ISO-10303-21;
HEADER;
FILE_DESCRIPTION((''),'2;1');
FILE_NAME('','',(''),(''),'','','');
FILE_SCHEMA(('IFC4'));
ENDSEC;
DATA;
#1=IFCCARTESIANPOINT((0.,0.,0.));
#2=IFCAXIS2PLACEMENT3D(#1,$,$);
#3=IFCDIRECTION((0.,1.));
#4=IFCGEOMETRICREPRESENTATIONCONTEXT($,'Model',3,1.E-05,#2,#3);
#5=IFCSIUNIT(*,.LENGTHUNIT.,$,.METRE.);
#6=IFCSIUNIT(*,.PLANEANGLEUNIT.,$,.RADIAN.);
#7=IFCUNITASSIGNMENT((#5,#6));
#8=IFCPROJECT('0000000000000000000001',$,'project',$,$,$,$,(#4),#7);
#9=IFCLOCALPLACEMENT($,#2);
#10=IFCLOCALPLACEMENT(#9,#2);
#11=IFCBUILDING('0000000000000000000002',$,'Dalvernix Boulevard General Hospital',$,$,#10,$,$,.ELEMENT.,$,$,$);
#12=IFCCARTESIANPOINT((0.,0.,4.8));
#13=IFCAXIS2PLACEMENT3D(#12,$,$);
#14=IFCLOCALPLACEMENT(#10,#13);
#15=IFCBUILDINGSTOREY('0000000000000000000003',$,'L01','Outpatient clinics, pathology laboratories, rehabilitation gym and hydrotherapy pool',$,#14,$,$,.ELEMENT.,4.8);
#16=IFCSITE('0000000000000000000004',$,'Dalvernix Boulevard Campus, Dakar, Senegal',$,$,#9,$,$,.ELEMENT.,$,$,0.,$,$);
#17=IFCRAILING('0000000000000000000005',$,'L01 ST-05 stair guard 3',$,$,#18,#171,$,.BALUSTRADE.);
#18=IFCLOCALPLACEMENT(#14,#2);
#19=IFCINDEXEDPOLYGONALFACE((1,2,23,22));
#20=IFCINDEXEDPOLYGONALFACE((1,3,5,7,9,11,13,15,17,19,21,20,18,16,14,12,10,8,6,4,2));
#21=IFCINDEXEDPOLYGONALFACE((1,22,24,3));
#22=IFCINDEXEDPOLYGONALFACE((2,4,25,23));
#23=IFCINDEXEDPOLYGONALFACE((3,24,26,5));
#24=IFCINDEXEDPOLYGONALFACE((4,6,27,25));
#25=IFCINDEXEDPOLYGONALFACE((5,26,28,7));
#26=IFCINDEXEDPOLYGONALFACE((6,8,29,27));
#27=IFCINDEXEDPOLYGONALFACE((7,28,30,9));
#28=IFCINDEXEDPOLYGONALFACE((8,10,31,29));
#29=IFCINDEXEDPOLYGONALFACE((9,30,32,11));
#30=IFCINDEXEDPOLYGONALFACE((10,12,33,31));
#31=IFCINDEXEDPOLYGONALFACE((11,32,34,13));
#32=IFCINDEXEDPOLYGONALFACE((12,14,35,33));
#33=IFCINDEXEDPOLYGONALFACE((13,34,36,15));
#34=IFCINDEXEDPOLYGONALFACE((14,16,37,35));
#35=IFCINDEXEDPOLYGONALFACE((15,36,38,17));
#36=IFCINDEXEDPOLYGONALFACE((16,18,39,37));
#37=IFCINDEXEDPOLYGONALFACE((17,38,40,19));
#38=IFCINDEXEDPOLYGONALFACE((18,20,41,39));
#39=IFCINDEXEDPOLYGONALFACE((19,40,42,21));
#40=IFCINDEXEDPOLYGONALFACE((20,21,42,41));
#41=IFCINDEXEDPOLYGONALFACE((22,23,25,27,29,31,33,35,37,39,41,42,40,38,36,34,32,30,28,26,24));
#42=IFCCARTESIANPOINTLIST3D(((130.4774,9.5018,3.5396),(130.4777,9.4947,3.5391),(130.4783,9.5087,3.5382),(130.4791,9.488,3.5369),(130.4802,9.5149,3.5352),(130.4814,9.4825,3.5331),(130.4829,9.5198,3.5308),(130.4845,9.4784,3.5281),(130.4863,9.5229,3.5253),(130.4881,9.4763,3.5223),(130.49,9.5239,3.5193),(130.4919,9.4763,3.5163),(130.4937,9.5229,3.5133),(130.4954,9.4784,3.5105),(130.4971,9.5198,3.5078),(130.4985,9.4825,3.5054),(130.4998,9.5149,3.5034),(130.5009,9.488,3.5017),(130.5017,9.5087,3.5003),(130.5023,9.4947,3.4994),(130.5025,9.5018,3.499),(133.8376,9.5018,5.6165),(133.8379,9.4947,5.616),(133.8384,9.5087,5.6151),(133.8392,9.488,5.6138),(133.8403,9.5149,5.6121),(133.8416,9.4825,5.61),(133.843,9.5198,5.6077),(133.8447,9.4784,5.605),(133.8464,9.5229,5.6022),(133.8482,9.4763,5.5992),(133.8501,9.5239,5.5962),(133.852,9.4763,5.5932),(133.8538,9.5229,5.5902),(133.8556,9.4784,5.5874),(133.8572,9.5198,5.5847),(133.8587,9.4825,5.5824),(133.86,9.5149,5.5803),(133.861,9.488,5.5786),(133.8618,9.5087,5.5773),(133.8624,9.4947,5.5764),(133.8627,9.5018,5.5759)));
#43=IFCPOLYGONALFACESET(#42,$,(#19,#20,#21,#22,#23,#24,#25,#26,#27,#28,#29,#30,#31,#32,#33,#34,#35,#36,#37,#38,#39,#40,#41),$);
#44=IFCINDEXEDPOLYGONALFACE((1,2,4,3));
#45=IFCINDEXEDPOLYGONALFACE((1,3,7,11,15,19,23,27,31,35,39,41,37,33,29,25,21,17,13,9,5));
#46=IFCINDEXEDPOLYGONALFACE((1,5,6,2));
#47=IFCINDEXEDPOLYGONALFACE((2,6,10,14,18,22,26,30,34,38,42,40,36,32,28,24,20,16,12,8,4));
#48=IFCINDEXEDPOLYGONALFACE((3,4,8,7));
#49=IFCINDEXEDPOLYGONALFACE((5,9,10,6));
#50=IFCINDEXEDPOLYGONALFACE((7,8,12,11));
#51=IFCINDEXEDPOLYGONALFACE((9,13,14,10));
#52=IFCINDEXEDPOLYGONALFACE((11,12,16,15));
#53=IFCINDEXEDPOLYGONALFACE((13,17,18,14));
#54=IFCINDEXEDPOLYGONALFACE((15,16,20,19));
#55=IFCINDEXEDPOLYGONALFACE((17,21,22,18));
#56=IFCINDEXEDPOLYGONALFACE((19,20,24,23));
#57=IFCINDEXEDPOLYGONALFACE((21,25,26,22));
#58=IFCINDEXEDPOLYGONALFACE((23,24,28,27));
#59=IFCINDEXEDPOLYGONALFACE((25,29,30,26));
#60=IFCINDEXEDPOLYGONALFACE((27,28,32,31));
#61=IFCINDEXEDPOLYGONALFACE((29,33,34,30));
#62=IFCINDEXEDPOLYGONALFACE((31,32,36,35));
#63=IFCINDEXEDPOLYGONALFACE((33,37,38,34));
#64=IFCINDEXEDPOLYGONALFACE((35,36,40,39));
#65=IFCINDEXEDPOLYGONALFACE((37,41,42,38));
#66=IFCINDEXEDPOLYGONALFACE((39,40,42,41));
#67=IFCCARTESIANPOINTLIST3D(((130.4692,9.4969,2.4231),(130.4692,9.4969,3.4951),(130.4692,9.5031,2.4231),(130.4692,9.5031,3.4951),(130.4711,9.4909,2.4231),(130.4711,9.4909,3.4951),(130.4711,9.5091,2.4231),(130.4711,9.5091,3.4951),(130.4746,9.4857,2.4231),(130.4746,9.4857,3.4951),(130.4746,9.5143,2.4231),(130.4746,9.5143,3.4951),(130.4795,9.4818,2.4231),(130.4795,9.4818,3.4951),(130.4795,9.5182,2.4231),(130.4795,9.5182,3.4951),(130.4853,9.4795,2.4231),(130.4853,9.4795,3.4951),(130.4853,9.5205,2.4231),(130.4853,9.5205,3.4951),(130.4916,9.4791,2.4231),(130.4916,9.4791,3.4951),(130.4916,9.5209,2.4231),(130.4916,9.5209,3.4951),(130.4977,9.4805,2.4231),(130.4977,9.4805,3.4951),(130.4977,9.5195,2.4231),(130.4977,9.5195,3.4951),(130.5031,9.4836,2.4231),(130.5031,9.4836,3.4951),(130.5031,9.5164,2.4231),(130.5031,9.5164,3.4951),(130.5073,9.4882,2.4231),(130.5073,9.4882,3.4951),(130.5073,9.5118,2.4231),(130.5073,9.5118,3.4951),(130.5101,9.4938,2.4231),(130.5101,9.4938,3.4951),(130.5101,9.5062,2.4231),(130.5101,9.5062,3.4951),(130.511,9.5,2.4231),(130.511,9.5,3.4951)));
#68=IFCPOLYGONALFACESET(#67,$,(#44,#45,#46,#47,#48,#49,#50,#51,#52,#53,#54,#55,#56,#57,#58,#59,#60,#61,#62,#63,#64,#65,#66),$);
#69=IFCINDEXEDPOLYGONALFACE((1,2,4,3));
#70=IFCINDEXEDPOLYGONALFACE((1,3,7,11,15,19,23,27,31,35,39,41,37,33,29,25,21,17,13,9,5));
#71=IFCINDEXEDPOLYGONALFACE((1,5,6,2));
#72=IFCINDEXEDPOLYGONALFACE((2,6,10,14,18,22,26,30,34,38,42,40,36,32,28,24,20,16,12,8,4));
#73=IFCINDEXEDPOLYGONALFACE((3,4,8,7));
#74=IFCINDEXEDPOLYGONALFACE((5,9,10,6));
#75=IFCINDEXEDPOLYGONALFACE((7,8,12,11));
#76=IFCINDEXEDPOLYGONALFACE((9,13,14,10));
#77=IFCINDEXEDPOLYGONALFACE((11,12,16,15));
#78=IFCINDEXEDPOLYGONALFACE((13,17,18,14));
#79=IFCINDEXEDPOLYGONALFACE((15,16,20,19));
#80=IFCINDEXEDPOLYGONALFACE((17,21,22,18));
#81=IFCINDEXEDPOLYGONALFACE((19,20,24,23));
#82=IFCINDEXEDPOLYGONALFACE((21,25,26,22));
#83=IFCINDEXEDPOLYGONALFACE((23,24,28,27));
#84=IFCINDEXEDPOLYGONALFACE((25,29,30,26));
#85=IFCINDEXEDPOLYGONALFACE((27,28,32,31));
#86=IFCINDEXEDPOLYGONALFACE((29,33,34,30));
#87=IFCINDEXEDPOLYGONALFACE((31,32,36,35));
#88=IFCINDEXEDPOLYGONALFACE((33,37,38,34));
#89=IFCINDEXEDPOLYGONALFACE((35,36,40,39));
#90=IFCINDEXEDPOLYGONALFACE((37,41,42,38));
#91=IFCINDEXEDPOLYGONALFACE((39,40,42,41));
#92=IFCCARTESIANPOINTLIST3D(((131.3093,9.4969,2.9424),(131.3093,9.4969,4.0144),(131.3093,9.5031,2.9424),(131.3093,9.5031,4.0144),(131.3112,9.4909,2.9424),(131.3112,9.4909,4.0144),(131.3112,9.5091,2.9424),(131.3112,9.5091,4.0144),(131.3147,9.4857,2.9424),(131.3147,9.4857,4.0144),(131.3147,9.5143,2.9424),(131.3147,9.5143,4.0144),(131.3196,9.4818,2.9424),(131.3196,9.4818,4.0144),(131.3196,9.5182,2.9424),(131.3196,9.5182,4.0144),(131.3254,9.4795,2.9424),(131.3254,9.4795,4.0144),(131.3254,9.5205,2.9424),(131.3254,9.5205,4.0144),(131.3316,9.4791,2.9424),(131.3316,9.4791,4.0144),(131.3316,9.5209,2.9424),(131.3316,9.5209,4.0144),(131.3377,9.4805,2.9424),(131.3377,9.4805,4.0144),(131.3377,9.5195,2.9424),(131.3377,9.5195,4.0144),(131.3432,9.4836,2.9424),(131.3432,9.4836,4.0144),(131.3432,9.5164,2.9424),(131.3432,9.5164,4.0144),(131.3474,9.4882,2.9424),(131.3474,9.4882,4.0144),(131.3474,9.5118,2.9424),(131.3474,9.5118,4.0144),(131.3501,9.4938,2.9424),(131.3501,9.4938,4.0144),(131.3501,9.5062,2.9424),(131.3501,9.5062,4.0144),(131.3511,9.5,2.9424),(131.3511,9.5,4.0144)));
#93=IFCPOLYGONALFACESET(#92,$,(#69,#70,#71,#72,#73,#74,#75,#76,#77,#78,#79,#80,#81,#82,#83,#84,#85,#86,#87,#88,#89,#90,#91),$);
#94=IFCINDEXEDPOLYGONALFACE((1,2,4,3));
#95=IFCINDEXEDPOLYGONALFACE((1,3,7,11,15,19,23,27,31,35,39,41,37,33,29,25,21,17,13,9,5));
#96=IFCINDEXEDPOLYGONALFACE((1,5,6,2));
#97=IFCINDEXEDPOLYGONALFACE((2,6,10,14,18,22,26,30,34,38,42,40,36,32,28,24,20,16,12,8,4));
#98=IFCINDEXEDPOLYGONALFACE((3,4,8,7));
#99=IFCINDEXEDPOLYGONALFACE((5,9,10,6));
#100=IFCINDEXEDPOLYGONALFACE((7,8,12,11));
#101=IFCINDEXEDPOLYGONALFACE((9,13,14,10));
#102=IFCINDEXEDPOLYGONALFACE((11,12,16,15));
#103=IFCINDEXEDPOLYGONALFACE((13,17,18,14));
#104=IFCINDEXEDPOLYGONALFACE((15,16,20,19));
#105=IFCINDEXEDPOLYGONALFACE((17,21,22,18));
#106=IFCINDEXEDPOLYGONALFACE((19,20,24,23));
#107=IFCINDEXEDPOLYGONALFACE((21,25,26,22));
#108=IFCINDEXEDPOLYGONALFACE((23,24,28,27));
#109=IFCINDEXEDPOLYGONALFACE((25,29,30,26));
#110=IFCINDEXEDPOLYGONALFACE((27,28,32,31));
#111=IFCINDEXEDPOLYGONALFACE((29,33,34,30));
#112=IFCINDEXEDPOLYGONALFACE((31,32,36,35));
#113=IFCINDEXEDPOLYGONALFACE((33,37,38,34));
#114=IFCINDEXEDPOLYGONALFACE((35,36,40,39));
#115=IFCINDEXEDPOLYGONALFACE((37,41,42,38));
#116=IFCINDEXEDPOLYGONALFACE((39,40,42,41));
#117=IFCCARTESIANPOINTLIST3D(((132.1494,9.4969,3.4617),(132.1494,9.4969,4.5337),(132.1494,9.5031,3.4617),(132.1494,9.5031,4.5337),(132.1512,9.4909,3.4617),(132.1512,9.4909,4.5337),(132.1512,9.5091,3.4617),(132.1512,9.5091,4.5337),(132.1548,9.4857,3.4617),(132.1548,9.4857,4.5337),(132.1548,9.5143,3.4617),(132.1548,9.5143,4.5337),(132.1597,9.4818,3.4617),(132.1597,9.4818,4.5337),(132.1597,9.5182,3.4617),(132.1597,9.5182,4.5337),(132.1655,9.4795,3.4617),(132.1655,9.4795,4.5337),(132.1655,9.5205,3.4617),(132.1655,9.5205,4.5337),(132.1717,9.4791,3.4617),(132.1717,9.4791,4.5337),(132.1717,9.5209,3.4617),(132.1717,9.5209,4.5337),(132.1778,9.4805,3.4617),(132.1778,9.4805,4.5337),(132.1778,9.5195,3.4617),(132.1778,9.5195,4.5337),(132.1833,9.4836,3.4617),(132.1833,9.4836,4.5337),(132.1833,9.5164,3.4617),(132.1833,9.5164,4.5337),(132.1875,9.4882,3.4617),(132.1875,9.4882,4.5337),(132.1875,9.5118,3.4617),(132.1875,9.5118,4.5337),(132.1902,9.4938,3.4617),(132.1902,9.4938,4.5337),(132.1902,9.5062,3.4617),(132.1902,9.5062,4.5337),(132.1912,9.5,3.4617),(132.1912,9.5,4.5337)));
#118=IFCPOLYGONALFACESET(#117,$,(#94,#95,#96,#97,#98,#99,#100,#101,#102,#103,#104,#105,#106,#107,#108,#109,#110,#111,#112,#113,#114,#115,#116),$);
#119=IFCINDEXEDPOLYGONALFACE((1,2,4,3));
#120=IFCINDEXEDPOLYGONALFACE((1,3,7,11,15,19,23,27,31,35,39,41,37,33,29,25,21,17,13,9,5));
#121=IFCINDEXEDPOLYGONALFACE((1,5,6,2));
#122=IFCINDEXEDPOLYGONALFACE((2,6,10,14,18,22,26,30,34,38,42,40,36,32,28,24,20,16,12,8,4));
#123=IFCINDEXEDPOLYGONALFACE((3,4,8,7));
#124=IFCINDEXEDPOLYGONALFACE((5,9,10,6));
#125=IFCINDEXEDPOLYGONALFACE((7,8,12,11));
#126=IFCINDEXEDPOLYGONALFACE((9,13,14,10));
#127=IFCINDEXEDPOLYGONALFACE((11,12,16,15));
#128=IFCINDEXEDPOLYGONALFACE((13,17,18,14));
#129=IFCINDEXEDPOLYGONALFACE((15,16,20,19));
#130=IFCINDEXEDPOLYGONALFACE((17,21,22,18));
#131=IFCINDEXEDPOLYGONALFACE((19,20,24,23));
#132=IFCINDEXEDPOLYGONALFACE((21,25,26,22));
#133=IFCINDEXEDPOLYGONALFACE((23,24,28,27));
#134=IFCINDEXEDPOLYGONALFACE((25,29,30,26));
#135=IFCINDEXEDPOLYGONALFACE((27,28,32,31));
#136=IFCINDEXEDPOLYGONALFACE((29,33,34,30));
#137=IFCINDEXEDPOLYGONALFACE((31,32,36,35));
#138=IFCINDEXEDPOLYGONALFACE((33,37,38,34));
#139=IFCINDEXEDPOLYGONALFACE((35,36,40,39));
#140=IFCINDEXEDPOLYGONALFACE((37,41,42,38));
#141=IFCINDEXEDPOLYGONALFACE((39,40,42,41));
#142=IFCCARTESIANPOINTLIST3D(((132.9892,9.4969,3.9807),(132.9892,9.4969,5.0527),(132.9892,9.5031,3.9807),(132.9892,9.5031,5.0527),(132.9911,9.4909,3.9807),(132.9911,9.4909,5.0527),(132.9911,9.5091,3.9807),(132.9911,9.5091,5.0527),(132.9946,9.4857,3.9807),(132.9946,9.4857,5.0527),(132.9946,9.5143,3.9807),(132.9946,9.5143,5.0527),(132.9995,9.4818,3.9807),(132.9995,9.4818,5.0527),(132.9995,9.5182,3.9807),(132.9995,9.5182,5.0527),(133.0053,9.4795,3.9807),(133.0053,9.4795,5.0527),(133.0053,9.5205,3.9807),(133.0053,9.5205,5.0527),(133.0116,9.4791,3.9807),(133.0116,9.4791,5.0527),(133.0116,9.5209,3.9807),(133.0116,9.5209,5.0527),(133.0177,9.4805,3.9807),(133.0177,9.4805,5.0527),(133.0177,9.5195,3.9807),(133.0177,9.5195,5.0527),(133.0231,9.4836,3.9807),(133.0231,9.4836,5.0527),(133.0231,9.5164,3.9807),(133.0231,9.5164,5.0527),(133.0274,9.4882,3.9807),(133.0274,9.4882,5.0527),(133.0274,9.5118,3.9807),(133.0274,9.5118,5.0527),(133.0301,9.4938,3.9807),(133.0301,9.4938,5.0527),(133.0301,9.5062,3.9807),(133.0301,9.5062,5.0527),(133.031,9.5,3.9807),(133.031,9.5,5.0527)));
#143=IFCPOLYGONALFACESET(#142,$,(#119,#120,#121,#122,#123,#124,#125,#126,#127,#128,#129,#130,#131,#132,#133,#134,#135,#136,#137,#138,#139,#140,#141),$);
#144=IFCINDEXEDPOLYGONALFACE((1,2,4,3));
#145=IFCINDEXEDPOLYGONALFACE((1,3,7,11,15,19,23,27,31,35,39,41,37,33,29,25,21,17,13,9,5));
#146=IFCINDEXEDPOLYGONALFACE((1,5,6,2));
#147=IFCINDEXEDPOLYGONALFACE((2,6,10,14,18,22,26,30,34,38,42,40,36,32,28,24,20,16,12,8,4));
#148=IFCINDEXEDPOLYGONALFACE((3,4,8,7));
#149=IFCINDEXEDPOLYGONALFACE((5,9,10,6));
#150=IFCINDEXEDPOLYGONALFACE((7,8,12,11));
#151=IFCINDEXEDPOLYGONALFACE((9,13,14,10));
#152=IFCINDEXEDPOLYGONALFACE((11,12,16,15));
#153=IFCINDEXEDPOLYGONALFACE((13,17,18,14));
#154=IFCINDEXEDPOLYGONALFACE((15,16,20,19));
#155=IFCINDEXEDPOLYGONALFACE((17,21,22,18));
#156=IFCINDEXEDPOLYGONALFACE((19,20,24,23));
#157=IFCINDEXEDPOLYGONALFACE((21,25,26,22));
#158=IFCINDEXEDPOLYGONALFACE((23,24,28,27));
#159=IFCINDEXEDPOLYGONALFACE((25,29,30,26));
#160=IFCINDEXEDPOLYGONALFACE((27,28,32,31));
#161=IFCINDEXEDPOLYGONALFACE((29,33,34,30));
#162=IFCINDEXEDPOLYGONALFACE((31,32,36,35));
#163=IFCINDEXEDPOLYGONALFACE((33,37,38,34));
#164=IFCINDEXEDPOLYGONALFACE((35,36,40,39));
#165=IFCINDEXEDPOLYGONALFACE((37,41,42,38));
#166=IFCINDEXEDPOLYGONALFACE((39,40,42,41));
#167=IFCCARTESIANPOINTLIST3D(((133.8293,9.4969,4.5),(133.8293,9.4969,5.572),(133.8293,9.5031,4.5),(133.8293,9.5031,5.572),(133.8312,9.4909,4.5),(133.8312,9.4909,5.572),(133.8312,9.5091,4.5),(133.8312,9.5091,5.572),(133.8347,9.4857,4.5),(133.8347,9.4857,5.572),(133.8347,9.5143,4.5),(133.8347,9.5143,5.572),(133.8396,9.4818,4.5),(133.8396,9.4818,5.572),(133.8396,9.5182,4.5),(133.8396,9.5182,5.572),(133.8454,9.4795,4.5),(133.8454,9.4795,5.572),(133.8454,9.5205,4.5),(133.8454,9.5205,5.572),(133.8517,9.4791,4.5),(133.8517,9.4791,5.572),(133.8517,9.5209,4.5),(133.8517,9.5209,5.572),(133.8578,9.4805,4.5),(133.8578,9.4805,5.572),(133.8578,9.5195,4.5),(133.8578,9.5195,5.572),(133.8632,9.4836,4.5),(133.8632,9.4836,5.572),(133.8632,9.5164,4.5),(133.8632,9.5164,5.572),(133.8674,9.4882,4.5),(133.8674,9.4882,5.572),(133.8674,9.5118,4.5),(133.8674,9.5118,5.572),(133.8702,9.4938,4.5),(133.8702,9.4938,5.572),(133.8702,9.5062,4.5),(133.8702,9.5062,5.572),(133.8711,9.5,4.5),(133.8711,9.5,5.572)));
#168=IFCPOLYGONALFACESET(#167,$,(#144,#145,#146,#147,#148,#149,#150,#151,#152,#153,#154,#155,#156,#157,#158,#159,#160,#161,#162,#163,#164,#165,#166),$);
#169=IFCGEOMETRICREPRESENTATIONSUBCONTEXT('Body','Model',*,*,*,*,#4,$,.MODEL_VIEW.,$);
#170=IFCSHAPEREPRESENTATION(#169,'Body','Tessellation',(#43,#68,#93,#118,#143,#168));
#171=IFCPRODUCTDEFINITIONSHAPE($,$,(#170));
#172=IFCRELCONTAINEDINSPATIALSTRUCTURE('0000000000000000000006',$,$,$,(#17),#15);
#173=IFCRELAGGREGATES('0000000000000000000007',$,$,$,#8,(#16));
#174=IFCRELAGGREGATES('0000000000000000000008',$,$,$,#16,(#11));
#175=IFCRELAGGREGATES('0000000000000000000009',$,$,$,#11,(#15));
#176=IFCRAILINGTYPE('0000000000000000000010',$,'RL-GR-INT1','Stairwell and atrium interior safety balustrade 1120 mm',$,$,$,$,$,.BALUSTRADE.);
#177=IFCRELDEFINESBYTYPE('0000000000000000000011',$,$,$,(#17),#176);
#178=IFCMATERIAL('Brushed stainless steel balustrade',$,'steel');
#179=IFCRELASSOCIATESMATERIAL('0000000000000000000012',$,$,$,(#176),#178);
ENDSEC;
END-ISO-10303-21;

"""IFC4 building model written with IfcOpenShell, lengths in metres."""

from ifc_helpers import new_model, si_unit, direction, frame, origin, origin_2d, place, context, subcontext, project, spatial, circle, extrude, material, type_object, element, save


model = new_model("IFC4")

# Units and contexts
model_context = context("Model", 3, precision=1e-05, world=origin(), true_north=direction((0.0, 1.0)))
body_context = subcontext(model_context, "Body", "Model", "MODEL_VIEW")
ifc_project = project(units=[si_unit("LENGTHUNIT", "METRE"), si_unit("PLANEANGLEUNIT", "RADIAN")], contexts=[model_context])

# Site, building, storey
site_placement = place(None, origin())
site = spatial("IfcSite", under=ifc_project, at=site_placement, Name="Dalvernix Boulevard Campus, Dakar, Senegal", CompositionType="ELEMENT", RefElevation=0.0)
building_placement = place(site_placement, origin())
building = spatial("IfcBuilding", under=site, at=building_placement, Name="Dalvernix Boulevard General Hospital", CompositionType="ELEMENT")
storey_placement = place(building_placement, frame((0.0, 0.0, 4.8)))
storey = spatial("IfcBuildingStorey", under=building, at=storey_placement, Name="L01", Description="Outpatient clinics, pathology laboratories, rehabilitation gym and hydrotherapy pool", CompositionType="ELEMENT", Elevation=4.8)

# Railing
ifc_material_1 = material(Name="Brushed stainless steel balustrade", Category="steel")
railing_type_1 = type_object("IfcRailingType", Name="RL-GR-INT1", Description="Stairwell and atrium interior safety balustrade 1120 mm", PredefinedType="BALUSTRADE", material=ifc_material_1)
railing_1_placement = place(storey_placement, frame((130.49, 9.5, 2.4231)))
element("IfcRailing", 1, at=railing_1_placement, inside=storey, type_object=railing_type_1, Name="L01 ST-05 stair guard 3", PredefinedType="BALUSTRADE", context=body_context, shape_type="SweptSolid", body=[
    extrude(circle(Radius=0.0239, at=origin_2d()), frame((0.0, 0.0, 1.0962), z_axis=(0.850623, 0.0, 0.525776), x_axis=(0.0, 1.0, 0.0)), (0.0, 0.0, 1.0), 3.9502),
    extrude(circle(Radius=0.021, at=origin_2d()), origin(), (0.0, 0.0, 1.0), 1.072),
    extrude(circle(Radius=0.021, at=origin_2d()), frame((0.8401, 0.0, 0.5193)), (0.0, 0.0, 1.0), 1.072),
    extrude(circle(Radius=0.021, at=origin_2d()), frame((1.6802, 0.0, 1.0386)), (0.0, 0.0, 1.0), 1.072),
    extrude(circle(Radius=0.021, at=origin_2d()), frame((2.52, 0.0, 1.5576)), (0.0, 0.0, 1.0), 1.072),
    extrude(circle(Radius=0.021, at=origin_2d()), frame((3.3601, 0.0, 2.0769)), (0.0, 0.0, 1.0), 1.072),
])

save(model, "model.ifc")
